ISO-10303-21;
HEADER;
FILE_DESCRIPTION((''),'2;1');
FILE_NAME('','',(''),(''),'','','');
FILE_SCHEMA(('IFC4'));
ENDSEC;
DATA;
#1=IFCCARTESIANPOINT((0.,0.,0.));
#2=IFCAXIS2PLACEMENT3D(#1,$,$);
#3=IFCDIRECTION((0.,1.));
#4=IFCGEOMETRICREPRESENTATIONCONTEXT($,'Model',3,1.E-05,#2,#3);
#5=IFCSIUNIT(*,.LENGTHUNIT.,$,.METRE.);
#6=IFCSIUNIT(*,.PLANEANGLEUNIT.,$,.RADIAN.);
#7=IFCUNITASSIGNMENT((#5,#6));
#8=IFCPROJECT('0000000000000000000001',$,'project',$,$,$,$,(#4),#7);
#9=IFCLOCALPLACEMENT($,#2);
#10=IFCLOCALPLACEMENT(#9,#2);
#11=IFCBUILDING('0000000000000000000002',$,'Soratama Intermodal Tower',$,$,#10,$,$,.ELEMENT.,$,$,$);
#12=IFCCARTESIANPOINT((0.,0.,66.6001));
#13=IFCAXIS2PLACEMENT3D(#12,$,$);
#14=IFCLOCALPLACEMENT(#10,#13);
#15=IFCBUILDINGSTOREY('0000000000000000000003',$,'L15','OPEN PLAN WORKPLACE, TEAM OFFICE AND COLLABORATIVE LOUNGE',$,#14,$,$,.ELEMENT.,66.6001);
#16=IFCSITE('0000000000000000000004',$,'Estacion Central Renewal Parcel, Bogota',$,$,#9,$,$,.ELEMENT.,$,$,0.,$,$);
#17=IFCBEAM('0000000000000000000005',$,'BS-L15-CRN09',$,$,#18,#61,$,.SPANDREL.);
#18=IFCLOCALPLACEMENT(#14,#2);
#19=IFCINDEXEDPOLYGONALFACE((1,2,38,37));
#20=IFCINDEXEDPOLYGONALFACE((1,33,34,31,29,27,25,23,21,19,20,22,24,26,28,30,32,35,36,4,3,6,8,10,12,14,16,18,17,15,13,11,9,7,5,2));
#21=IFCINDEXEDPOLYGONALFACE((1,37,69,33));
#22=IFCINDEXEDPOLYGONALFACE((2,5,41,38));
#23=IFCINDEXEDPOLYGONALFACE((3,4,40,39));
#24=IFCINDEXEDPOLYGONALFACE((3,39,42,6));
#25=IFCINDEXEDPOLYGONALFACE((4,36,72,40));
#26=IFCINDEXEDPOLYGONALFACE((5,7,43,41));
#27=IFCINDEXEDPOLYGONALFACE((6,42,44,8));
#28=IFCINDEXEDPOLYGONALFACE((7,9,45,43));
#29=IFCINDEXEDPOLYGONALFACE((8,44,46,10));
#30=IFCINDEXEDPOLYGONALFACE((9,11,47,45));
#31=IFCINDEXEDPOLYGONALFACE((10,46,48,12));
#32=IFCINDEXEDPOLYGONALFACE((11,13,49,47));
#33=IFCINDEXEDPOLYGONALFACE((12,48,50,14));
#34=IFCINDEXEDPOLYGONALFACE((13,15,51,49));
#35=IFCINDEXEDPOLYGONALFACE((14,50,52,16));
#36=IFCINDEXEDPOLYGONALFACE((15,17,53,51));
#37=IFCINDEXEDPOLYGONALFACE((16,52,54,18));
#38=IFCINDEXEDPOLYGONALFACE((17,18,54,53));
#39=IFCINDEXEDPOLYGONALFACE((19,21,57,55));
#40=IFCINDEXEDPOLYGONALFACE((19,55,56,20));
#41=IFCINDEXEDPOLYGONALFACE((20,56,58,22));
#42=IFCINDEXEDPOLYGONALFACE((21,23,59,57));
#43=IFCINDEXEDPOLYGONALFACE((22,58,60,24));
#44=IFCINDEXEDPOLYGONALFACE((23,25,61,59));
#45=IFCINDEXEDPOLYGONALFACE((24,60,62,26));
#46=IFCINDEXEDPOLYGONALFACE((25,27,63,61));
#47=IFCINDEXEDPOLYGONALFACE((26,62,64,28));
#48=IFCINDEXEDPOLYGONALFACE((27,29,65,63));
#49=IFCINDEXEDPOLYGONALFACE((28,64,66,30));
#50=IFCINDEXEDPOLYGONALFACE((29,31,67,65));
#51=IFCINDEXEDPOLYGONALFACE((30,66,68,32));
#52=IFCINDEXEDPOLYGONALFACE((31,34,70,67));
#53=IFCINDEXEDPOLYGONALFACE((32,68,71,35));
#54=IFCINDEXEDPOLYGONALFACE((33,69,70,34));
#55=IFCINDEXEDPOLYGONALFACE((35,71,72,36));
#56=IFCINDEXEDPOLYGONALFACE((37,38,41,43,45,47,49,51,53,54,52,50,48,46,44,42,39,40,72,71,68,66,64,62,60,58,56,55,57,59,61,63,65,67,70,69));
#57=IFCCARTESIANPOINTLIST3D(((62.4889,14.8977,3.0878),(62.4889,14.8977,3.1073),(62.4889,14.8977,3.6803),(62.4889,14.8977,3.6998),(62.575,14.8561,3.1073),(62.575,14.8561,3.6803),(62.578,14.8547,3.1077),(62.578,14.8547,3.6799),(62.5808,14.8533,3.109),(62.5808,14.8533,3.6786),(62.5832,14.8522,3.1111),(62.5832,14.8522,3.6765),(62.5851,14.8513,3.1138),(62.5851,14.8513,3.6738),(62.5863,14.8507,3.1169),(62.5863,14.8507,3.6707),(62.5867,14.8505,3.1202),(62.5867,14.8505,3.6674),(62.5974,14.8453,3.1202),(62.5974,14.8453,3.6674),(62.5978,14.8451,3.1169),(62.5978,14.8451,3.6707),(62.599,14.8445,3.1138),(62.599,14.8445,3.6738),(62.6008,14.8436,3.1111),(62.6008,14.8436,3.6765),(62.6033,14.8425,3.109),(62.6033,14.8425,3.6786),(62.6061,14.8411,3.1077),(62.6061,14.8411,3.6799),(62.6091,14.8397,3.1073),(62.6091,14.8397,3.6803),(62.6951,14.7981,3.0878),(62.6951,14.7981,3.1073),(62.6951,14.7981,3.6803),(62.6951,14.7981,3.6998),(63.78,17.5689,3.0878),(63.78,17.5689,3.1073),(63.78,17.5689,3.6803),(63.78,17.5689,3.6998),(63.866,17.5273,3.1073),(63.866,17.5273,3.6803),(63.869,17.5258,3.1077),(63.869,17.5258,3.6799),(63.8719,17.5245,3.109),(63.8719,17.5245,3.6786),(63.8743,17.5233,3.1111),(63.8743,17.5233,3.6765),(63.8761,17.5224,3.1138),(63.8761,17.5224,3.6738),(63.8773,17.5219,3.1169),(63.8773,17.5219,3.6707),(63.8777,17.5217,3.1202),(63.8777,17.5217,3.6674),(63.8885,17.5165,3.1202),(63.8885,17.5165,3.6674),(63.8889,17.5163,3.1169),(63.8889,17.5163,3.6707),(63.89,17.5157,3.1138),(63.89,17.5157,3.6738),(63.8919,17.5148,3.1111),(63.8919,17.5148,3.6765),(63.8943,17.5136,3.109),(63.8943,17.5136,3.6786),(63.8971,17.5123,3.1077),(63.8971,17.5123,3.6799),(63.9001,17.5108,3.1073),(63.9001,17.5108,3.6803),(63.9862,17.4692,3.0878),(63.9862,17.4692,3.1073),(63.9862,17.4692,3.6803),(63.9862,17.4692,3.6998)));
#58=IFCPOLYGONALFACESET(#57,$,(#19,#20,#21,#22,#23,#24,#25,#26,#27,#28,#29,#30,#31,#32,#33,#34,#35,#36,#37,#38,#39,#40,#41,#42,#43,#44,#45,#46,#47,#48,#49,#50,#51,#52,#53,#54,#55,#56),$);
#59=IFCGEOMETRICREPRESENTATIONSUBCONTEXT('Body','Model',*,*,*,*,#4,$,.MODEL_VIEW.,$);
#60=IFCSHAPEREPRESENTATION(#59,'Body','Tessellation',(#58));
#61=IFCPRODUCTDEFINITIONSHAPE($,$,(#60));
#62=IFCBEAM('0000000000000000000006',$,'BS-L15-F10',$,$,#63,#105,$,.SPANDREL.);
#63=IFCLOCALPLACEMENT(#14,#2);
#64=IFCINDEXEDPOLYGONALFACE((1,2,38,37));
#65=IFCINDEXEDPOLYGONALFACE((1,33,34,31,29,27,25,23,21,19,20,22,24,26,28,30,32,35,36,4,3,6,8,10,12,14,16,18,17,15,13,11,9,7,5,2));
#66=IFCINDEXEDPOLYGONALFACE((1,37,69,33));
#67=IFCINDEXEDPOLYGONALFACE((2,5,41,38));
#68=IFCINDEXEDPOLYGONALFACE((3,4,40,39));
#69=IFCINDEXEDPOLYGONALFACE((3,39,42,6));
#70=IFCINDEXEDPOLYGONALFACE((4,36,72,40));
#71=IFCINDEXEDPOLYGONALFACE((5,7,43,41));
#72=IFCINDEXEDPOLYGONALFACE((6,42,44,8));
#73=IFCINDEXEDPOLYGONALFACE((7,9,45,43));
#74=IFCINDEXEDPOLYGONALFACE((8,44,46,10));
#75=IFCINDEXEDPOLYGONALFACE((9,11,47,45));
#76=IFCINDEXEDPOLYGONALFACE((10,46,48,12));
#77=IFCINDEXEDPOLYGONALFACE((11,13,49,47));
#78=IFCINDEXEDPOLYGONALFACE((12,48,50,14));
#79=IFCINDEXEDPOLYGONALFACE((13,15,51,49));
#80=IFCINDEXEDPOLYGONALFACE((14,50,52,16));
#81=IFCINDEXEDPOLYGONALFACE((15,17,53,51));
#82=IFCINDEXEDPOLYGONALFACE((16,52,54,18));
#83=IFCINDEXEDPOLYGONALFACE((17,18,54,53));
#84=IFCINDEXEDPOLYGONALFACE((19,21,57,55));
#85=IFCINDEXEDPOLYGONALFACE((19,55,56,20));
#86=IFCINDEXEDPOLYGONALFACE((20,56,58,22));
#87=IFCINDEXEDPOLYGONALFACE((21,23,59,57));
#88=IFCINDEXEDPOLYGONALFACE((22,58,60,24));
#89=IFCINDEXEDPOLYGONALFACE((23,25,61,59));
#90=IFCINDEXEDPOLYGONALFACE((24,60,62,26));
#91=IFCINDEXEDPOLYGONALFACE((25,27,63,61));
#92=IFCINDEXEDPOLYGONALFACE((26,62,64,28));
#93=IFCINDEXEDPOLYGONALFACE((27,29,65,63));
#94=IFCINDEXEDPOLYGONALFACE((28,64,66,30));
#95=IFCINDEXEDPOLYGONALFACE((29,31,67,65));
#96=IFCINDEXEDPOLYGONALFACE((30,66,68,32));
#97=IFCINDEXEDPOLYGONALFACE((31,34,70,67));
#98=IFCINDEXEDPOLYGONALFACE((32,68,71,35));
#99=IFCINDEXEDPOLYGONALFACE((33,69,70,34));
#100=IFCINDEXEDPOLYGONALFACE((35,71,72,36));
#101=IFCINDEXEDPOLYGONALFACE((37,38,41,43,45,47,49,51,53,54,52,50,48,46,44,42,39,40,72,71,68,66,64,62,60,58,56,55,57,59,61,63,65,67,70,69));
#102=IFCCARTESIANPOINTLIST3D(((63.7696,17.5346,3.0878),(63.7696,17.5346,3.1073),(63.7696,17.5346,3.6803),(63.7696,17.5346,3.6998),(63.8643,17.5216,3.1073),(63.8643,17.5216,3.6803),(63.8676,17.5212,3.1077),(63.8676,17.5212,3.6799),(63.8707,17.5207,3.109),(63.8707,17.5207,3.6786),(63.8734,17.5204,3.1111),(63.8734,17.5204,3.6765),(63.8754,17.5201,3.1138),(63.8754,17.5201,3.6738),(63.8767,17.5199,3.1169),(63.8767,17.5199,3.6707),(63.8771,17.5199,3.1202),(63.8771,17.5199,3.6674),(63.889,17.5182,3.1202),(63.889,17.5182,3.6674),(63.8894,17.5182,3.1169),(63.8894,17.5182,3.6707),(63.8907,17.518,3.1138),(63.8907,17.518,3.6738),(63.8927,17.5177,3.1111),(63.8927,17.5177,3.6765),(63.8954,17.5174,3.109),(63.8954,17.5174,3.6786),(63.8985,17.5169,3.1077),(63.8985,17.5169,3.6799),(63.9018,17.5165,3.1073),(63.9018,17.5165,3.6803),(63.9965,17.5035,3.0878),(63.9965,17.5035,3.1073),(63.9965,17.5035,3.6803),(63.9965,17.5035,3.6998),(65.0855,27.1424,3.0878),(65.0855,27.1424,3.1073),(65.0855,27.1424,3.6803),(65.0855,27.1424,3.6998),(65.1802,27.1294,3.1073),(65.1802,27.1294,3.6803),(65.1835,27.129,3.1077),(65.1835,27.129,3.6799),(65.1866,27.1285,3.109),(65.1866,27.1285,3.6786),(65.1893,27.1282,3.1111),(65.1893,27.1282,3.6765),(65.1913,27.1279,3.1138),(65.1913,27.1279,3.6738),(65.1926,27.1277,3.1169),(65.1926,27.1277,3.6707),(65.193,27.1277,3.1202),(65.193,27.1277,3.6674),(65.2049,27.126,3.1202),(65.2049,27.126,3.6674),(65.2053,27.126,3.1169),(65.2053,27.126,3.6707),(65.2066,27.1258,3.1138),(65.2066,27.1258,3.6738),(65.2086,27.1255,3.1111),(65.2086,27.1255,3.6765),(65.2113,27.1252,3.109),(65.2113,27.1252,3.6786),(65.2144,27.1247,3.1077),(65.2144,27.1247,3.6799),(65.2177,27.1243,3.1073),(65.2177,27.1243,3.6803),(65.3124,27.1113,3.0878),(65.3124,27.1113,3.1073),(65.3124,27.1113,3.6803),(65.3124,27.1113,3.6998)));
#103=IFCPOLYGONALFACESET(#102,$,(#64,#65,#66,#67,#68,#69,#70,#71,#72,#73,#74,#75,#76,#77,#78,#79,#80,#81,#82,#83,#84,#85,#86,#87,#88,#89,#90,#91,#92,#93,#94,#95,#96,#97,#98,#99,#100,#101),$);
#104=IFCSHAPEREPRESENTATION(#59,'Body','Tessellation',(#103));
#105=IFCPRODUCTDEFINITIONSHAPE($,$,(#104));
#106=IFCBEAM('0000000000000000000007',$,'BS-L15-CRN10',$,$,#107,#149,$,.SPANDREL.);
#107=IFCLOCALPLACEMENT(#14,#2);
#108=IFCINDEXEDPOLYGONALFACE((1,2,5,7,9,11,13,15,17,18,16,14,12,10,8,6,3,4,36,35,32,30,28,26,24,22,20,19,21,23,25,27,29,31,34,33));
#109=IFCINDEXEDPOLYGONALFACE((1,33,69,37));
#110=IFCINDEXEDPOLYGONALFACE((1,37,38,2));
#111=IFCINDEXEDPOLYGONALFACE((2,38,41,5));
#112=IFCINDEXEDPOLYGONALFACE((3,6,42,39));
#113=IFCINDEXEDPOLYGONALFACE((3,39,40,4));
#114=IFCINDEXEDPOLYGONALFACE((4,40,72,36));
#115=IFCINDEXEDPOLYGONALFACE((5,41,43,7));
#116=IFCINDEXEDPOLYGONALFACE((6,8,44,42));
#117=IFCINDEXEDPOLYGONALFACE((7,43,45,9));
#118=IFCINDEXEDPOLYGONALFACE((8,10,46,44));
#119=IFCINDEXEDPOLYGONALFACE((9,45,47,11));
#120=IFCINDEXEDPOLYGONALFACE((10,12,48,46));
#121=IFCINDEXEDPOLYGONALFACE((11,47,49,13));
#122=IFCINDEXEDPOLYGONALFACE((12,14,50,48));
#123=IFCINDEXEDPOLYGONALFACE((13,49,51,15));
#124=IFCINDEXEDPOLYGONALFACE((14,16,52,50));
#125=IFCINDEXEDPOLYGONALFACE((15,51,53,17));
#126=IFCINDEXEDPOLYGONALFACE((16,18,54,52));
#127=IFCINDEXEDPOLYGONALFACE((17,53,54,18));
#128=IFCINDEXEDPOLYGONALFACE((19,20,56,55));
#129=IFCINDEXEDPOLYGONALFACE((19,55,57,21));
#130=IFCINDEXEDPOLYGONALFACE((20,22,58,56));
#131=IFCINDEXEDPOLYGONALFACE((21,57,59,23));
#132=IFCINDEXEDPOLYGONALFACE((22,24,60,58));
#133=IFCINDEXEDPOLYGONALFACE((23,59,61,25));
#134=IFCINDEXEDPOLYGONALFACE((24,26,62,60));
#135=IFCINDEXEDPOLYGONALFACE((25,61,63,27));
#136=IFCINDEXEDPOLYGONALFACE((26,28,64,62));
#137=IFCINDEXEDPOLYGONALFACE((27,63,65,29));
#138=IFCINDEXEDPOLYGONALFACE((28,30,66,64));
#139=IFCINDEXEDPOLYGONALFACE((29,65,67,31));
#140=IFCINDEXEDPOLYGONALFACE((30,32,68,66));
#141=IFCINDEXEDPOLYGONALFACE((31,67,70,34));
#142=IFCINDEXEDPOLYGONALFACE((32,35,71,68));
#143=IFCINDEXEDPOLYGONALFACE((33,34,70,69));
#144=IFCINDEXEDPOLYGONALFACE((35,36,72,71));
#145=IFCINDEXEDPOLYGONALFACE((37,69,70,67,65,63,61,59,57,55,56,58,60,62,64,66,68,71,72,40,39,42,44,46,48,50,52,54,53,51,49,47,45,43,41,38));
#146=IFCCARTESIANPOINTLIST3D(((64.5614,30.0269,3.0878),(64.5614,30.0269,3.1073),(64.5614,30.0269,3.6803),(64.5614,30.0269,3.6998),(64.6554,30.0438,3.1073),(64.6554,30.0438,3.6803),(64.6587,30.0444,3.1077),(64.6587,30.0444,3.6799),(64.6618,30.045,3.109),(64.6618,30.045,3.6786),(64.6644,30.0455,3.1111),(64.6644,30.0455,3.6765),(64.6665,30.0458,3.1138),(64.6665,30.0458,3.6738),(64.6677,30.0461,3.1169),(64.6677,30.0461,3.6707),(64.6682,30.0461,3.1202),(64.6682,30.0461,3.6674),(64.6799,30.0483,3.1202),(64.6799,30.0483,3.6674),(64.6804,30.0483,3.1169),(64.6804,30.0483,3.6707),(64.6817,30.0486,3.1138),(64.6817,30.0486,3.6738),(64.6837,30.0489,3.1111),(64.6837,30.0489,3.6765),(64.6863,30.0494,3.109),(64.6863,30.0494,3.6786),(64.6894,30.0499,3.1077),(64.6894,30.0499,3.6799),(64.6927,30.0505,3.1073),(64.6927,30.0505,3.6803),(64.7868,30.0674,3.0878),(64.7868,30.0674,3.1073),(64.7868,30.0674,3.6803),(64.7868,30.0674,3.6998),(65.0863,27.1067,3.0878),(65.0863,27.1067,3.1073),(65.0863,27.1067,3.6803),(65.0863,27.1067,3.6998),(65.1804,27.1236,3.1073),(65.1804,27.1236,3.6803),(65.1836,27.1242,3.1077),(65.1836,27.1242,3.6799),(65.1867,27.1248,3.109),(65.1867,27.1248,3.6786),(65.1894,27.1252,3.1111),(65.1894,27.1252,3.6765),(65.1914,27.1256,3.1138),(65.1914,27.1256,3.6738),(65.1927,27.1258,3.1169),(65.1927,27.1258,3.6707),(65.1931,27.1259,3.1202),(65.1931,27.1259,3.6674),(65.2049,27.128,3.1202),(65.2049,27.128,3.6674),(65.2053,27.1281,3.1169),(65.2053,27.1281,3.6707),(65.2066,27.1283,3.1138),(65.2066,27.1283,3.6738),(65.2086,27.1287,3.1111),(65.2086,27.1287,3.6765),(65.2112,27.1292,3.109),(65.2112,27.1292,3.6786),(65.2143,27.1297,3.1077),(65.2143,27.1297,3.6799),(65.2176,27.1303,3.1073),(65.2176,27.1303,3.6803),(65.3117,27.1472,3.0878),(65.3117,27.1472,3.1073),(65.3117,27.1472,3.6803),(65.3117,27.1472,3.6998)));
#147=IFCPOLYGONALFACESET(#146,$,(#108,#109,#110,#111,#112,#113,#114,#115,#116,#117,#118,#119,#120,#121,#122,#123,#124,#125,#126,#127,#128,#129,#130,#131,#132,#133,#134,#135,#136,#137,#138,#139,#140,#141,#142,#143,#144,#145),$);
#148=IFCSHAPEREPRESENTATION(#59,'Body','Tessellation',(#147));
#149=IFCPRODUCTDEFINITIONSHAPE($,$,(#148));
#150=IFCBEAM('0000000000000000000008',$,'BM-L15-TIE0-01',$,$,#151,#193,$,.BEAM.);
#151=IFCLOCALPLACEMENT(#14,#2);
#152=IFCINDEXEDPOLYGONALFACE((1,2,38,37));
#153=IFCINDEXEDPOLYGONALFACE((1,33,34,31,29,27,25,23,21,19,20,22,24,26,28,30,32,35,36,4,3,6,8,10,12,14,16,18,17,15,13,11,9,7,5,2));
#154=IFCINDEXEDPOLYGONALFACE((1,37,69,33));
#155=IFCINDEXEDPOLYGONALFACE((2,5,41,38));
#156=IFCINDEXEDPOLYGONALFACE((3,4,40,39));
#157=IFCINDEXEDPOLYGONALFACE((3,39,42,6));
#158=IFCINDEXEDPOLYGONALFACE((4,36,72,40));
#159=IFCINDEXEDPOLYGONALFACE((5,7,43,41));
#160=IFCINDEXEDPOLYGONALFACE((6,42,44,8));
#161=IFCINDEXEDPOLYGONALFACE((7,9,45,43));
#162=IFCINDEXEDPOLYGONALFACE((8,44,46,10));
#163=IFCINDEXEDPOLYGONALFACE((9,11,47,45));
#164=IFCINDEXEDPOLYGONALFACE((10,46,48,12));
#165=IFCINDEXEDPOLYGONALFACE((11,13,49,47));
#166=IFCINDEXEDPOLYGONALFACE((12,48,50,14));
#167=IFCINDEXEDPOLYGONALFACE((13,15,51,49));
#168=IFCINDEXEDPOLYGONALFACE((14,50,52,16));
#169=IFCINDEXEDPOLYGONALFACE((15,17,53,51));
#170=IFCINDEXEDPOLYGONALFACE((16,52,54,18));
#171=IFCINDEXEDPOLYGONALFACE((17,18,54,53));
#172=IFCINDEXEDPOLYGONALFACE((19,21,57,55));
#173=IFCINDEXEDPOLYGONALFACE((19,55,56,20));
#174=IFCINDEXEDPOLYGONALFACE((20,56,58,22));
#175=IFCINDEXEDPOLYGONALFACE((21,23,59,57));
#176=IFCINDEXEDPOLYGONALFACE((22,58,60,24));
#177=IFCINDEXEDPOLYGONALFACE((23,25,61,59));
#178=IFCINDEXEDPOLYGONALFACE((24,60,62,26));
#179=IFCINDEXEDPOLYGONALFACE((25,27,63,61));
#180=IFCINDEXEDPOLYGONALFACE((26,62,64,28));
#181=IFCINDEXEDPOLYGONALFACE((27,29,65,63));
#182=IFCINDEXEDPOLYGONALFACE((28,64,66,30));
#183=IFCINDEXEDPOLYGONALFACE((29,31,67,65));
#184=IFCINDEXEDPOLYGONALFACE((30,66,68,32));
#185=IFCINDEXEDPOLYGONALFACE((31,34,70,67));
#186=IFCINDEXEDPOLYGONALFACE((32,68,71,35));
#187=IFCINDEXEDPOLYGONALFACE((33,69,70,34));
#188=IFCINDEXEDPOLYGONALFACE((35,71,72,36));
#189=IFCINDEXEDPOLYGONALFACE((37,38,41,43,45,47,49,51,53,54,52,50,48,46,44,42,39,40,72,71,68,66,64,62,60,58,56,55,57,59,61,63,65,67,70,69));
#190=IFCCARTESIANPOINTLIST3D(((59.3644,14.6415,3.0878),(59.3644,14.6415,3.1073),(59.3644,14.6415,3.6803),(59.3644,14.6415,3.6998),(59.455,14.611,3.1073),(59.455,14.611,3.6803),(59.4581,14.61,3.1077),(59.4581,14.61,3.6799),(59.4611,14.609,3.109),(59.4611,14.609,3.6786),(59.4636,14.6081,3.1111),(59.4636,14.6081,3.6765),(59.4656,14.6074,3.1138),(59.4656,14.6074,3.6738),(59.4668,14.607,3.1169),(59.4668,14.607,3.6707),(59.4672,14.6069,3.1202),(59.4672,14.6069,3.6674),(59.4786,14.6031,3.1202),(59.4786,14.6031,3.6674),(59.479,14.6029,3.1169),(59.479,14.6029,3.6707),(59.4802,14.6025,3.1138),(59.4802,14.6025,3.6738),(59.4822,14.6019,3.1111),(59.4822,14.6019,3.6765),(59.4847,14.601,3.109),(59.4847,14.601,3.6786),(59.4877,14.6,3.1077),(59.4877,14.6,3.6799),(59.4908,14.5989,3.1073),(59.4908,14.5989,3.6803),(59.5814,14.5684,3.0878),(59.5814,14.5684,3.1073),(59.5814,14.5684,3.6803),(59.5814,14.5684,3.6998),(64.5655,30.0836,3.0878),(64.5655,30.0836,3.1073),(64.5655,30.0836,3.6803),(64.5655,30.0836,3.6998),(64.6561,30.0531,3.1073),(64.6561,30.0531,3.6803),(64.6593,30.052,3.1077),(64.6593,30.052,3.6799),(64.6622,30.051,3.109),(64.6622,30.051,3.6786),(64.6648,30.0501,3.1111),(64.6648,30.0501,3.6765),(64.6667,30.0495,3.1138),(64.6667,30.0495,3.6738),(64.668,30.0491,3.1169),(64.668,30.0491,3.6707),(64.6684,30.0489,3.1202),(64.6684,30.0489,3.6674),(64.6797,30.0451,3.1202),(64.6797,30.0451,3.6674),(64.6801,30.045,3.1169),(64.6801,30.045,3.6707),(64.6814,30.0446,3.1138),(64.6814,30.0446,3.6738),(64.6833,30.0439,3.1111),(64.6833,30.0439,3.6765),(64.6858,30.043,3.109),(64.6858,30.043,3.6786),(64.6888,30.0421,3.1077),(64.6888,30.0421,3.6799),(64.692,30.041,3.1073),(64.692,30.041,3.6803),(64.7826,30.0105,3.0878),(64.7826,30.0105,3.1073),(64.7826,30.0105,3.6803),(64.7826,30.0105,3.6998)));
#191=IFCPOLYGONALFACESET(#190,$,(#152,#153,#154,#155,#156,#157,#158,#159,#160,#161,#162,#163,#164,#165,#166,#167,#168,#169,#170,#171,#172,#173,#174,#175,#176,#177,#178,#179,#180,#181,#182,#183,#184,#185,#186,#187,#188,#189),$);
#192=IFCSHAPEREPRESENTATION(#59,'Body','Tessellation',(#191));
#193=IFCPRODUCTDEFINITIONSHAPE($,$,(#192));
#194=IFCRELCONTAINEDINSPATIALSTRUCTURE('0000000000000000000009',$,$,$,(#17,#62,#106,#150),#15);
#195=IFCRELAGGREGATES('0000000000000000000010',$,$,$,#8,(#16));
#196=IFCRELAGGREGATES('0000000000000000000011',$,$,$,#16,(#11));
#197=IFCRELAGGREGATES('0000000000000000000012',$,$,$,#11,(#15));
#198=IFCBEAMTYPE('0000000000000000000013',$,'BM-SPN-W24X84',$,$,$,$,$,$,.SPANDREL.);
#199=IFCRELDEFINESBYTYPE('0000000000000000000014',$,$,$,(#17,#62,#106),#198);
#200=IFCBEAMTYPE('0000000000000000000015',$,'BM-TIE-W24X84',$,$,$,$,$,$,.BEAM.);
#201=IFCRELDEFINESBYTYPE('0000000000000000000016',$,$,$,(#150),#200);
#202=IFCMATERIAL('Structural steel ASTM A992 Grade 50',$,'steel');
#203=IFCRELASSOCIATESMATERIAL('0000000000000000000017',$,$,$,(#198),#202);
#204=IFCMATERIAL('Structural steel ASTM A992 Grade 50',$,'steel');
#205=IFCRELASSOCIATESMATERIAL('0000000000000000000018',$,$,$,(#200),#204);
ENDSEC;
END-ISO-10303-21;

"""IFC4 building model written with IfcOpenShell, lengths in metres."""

from ifc_helpers import new_model, si_unit, direction, frame, origin, origin_2d, place, context, subcontext, project, spatial, i_section, extrude, material, material_profile, profile_set, type_object, element, save


model = new_model("IFC4")

# Units and contexts
model_context = context("Model", 3, precision=1e-05, world=origin(), true_north=direction((0.0, 1.0)))
body_context = subcontext(model_context, "Body", "Model", "MODEL_VIEW")
ifc_project = project(units=[si_unit("LENGTHUNIT", "METRE"), si_unit("PLANEANGLEUNIT", "RADIAN")], contexts=[model_context])

# Site, building, storey
site_placement = place(None, origin())
site = spatial("IfcSite", under=ifc_project, at=site_placement, Name="Estacion Central Renewal Parcel, Bogota", CompositionType="ELEMENT", RefElevation=0.0)
building_placement = place(site_placement, origin())
building = spatial("IfcBuilding", under=site, at=building_placement, Name="Soratama Intermodal Tower", CompositionType="ELEMENT")
storey_placement = place(building_placement, frame((0.0, 0.0, 66.6001)))
storey = spatial("IfcBuildingStorey", under=building, at=storey_placement, Name="L15", Description="OPEN PLAN WORKPLACE, TEAM OFFICE AND COLLABORATIVE LOUNGE", CompositionType="ELEMENT", Elevation=66.6001)

# Beams
ifc_material_1 = material(Name="Structural steel ASTM A992 Grade 50", Category="steel")
ifc_material_profile_1 = material_profile(ifc_material_1, i_section(OverallWidth=0.229, OverallDepth=0.6121, WebThickness=0.012, FlangeThickness=0.0195, FilletRadius=0.0129, at=origin_2d()), Name="W24X84")
ifc_profile_set_1 = profile_set([ifc_material_profile_1], Name="Structural steel ASTM A992 Grade 50")
beam_type_1 = type_object("IfcBeamType", Name="BM-SPN-W24X84", PredefinedType="SPANDREL", material=ifc_profile_set_1)
beam_1_placement = place(storey_placement, frame((62.592, 14.8479, 3.3938), z_axis=(0.435159, 0.900354, 0.0), x_axis=(-0.900354, 0.435159, 0.0)))
element("IfcBeam", 1, at=beam_1_placement, inside=storey, type_object=beam_type_1, Name="BS-L15-CRN09", PredefinedType="SPANDREL", context=body_context, shape_type="SweptSolid", body=[
    extrude(i_section(OverallWidth=0.229, OverallDepth=0.6121, WebThickness=0.012, FlangeThickness=0.0195, FilletRadius=0.0129, at=origin_2d()), origin(), (0.0, 0.0, 1.0), 2.9668),
])
beam_2_placement = place(storey_placement, frame((63.8831, 17.519, 3.3938), z_axis=(0.135695, 0.990751, 0.0), x_axis=(-0.990751, 0.135695, 0.0)))
element("IfcBeam", 2, at=beam_2_placement, inside=storey, type_object=beam_type_1, Name="BS-L15-F10", PredefinedType="SPANDREL", context=body_context, shape_type="SweptSolid", body=[
    extrude(i_section(OverallWidth=0.229, OverallDepth=0.6121, WebThickness=0.012, FlangeThickness=0.0195, FilletRadius=0.0129, at=origin_2d()), origin(), (0.0, 0.0, 1.0), 9.6975),
])
beam_3_placement = place(storey_placement, frame((65.199, 27.127, 3.3938), z_axis=(-0.176915, 0.984226, 0.0), x_axis=(-0.984226, -0.176915, 0.0)))
element("IfcBeam", 3, at=beam_3_placement, inside=storey, type_object=beam_type_1, Name="BS-L15-CRN10", PredefinedType="SPANDREL", context=body_context, shape_type="SweptSolid", body=[
    extrude(i_section(OverallWidth=0.229, OverallDepth=0.6121, WebThickness=0.012, FlangeThickness=0.0195, FilletRadius=0.0129, at=origin_2d()), origin(), (0.0, 0.0, 1.0), 2.967),
])
ifc_material_2 = material(Name="Structural steel ASTM A992 Grade 50", Category="steel")
ifc_material_profile_2 = material_profile(ifc_material_2, i_section(OverallWidth=0.229, OverallDepth=0.6121, WebThickness=0.012, FlangeThickness=0.0195, FilletRadius=0.0129, at=origin_2d()), Name="W24X84")
ifc_profile_set_2 = profile_set([ifc_material_profile_2], Name="Structural steel ASTM A992 Grade 50")
beam_type_2 = type_object("IfcBeamType", Name="BM-TIE-W24X84", PredefinedType="BEAM", material=ifc_profile_set_2)
beam_4_placement = place(storey_placement, frame((59.4729, 14.605, 3.3938), z_axis=(0.319197, 0.947688, 0.0), x_axis=(-0.947688, 0.319197, 0.0)))
element("IfcBeam", 4, at=beam_4_placement, inside=storey, type_object=beam_type_2, Name="BM-L15-TIE0-01", PredefinedType="BEAM", context=body_context, shape_type="SweptSolid", body=[
    extrude(i_section(OverallWidth=0.229, OverallDepth=0.6121, WebThickness=0.012, FlangeThickness=0.0195, FilletRadius=0.0129, at=origin_2d()), origin(), (0.0, 0.0, 1.0), 16.2944),
])

save(model, "model.ifc")
